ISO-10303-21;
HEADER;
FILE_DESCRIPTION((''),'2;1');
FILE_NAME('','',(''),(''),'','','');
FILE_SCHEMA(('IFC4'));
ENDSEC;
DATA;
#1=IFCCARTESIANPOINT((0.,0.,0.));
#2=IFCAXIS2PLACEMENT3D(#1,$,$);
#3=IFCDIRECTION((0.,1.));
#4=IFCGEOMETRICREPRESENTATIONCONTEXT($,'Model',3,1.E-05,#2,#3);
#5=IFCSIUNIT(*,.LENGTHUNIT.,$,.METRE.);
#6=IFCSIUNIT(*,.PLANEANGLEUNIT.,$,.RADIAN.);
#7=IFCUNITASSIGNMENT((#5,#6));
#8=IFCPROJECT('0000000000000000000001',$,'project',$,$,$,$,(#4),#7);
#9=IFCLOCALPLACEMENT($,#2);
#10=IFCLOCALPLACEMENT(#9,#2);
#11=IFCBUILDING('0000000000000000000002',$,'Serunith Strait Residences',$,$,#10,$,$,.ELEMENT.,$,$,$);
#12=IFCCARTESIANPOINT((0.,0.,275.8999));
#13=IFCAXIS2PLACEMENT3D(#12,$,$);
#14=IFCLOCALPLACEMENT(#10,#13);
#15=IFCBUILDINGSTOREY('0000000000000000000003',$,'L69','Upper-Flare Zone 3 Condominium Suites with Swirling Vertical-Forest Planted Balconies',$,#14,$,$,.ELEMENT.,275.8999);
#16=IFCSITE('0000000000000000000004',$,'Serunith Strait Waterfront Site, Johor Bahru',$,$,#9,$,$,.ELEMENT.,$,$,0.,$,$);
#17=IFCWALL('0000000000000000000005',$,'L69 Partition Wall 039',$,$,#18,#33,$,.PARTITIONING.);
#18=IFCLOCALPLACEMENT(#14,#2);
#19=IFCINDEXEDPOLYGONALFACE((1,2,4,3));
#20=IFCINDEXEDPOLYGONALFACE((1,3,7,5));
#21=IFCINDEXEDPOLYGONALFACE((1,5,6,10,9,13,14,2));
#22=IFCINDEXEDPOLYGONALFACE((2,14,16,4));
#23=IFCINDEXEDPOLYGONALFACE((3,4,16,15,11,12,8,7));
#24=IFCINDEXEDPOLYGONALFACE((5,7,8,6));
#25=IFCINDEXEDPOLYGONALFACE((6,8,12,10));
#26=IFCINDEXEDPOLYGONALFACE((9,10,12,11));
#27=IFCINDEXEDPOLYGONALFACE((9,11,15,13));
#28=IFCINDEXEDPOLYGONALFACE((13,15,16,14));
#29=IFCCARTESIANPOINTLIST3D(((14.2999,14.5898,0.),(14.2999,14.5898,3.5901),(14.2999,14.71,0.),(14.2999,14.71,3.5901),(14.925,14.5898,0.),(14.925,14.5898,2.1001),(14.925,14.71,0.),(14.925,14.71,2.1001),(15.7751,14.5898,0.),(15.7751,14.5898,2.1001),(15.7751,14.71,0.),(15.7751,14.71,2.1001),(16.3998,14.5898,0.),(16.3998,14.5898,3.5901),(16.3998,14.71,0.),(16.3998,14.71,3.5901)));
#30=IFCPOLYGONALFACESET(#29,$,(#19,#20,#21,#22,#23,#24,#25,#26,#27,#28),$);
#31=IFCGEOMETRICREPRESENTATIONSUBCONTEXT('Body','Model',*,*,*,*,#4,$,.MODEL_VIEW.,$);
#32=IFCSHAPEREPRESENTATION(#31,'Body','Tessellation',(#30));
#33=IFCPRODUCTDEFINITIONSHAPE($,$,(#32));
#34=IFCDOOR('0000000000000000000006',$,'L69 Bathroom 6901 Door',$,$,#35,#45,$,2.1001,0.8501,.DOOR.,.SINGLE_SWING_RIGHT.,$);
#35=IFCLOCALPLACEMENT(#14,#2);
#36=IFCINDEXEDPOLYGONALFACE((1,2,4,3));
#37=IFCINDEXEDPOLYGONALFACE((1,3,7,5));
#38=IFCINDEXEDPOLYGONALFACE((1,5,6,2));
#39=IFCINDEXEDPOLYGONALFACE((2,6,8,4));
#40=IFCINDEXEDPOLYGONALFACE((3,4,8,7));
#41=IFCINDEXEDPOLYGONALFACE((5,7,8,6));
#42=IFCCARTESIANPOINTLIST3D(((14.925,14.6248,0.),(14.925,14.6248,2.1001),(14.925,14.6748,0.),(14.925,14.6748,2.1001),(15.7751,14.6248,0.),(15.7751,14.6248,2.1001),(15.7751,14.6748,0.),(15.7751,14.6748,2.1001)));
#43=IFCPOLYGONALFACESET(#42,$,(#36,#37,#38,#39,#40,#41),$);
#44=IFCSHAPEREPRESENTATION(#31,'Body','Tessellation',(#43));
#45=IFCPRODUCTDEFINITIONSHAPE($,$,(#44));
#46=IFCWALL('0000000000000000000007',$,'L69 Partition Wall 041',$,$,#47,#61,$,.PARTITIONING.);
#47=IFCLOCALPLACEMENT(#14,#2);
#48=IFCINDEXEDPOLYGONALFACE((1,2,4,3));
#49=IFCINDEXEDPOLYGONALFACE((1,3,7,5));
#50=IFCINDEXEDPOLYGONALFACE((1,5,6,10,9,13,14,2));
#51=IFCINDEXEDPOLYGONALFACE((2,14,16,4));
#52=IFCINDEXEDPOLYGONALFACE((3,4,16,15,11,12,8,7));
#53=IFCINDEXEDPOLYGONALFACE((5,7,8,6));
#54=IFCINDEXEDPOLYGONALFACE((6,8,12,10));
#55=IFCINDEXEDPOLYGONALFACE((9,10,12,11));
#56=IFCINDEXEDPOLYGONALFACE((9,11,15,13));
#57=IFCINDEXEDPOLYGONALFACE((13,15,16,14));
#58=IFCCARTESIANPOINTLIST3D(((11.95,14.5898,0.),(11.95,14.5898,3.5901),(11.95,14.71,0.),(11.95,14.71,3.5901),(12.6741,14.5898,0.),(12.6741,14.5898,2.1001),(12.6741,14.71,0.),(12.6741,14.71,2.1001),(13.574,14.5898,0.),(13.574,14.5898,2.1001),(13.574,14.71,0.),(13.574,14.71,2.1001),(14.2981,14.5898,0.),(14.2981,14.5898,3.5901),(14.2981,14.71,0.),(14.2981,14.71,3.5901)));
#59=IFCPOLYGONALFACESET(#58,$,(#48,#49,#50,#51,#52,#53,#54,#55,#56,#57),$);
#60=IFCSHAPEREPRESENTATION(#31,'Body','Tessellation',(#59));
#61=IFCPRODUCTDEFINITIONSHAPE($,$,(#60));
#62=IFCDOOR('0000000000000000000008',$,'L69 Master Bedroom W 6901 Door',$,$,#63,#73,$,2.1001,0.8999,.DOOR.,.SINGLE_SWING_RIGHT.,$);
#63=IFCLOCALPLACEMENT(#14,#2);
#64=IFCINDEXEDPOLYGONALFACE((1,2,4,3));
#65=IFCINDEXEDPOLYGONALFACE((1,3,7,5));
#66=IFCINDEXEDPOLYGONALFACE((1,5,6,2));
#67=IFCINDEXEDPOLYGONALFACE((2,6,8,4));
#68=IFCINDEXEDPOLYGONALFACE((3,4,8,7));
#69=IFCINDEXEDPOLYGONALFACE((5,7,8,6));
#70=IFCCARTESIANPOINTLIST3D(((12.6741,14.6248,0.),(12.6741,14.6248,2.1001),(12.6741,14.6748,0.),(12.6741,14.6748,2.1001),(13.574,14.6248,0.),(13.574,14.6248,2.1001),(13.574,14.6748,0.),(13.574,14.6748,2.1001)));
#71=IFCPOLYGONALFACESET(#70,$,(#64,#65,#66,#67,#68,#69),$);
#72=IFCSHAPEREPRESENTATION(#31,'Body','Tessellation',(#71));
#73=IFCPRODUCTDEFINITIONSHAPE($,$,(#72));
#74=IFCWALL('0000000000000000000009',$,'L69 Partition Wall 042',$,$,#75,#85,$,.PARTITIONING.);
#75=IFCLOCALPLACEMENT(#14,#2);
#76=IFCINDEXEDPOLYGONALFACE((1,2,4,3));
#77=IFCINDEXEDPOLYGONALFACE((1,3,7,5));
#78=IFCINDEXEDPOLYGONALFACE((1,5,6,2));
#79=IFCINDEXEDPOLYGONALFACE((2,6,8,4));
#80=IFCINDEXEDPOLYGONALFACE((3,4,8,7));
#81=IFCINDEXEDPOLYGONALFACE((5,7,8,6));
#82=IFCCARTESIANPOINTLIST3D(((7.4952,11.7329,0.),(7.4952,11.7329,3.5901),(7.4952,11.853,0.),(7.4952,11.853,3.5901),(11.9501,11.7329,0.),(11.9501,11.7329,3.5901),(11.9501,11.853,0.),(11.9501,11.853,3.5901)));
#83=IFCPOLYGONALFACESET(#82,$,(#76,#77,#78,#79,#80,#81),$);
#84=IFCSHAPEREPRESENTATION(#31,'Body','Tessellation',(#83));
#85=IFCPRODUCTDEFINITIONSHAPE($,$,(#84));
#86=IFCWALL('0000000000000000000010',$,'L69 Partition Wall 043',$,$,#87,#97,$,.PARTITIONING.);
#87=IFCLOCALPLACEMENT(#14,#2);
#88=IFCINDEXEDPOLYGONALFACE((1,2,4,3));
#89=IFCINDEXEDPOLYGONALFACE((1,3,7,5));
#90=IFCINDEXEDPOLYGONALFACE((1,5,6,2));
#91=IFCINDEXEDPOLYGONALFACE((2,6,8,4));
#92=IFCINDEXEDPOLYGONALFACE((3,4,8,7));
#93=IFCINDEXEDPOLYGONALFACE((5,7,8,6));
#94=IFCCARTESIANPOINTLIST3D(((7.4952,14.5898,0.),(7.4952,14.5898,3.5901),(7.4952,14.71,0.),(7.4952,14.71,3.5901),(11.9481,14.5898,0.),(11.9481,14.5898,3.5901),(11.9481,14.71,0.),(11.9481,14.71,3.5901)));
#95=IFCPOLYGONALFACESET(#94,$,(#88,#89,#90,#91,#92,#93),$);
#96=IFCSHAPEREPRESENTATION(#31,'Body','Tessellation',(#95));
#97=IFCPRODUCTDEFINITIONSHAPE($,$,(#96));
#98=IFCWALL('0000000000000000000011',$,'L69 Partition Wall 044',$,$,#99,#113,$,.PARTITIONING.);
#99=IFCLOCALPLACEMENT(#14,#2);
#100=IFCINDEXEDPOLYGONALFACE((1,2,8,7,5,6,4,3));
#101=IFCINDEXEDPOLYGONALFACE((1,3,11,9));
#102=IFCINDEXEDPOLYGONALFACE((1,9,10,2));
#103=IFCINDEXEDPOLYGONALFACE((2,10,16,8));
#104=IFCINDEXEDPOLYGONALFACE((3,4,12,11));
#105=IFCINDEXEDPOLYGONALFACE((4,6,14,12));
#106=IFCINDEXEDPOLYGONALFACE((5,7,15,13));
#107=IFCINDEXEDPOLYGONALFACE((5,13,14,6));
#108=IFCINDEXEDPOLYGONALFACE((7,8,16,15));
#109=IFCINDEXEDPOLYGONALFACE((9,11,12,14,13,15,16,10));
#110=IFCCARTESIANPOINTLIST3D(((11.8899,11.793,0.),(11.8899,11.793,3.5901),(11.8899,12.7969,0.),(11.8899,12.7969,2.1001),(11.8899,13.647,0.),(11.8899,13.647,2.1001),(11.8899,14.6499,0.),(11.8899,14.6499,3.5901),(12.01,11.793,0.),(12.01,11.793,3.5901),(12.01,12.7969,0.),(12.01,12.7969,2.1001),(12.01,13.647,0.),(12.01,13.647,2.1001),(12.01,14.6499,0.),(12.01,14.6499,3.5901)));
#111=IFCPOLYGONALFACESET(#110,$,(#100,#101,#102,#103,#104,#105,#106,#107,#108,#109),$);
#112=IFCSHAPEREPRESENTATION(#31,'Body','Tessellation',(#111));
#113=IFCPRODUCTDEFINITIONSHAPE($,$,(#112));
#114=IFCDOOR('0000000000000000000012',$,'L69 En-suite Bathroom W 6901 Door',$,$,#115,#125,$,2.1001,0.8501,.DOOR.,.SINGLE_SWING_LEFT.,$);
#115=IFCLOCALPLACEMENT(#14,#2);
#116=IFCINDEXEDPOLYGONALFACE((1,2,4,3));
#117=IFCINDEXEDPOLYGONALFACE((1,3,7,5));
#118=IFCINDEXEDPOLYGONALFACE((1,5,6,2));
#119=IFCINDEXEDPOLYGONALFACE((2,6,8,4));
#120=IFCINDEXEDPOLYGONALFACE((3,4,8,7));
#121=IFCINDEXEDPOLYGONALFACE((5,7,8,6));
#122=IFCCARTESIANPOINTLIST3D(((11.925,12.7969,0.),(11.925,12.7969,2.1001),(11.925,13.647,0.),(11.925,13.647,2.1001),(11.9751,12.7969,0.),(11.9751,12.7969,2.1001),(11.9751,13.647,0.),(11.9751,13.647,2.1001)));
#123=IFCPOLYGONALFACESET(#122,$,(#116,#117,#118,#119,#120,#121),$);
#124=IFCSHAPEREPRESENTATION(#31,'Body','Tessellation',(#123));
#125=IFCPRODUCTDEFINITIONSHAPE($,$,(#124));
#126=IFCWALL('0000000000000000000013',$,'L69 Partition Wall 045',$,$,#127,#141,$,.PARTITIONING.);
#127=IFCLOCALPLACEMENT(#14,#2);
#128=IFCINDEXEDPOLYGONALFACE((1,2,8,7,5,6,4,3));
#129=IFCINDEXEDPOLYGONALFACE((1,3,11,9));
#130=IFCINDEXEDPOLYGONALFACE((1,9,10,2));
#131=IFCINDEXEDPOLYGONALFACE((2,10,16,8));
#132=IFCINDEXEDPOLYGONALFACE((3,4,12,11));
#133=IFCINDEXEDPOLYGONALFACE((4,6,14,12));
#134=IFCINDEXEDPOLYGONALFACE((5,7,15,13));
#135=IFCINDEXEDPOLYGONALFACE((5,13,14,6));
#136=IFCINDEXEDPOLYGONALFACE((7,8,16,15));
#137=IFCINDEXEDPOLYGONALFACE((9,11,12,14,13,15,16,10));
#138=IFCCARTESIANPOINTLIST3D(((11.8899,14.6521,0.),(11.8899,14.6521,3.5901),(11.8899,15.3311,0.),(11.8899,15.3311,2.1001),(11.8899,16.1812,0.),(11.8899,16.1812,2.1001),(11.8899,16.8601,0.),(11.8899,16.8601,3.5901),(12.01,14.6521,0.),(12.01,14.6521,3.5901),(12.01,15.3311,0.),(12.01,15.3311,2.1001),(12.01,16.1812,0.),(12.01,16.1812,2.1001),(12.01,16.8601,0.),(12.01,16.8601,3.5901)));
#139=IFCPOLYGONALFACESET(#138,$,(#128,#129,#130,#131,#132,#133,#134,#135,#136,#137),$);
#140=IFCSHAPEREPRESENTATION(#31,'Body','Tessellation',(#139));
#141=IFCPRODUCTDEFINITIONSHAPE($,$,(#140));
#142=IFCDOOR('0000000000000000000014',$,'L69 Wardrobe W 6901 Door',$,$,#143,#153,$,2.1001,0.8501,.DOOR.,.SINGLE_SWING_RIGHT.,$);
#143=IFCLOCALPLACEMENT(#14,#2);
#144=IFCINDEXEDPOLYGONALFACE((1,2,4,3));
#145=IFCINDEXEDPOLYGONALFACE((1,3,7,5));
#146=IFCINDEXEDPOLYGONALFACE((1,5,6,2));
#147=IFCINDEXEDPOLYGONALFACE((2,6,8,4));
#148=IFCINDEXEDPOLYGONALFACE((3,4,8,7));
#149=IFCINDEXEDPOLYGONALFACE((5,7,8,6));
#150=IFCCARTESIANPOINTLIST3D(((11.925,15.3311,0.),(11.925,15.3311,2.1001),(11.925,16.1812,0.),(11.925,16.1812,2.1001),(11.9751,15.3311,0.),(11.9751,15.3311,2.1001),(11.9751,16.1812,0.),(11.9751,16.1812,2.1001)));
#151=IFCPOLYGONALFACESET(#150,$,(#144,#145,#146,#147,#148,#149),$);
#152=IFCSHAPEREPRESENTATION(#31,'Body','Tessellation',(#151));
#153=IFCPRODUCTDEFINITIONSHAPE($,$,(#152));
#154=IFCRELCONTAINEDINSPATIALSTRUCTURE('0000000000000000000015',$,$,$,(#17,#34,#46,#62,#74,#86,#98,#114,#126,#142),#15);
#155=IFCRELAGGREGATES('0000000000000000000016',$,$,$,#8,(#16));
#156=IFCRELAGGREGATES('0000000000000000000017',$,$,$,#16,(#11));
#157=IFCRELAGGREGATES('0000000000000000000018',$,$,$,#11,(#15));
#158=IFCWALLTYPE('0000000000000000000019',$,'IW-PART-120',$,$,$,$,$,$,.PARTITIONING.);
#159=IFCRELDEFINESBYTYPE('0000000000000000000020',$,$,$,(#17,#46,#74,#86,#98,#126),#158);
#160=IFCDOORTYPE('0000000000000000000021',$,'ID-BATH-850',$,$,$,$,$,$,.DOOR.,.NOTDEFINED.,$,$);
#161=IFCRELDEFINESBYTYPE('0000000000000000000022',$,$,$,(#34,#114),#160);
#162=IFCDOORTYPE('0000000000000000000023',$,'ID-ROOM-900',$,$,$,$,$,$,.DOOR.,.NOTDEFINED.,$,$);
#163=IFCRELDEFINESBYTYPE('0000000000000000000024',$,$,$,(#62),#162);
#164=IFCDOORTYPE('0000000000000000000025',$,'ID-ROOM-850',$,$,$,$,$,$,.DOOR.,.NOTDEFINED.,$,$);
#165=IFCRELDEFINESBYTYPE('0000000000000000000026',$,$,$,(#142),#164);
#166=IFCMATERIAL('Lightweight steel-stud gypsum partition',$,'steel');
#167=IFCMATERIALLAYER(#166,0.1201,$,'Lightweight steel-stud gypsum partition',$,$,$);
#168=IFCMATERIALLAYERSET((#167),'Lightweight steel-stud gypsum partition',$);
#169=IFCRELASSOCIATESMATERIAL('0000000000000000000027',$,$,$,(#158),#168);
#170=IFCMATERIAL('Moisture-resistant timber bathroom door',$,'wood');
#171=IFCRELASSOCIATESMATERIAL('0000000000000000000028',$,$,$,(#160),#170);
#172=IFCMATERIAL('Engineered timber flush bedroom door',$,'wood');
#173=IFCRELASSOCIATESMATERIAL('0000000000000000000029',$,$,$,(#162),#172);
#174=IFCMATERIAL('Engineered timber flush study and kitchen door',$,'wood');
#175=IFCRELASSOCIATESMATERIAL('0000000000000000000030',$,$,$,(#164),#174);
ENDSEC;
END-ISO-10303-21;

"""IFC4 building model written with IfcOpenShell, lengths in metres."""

from ifc_helpers import new_model, si_unit, direction, frame, frame_2d, origin, place, context, subcontext, project, spatial, rectangle, extrude, source, transform, mapped, material, layer, layer_set, type_object, element, fill, save


model = new_model("IFC4")

# Units and contexts
model_context = context("Model", 3, precision=1e-05, world=origin(), true_north=direction((0.0, 1.0)))
body_context = subcontext(model_context, "Body", "Model", "MODEL_VIEW")
ifc_project = project(units=[si_unit("LENGTHUNIT", "METRE"), si_unit("PLANEANGLEUNIT", "RADIAN")], contexts=[model_context])

# Site, building, storey
site_placement = place(None, origin())
site = spatial("IfcSite", under=ifc_project, at=site_placement, Name="Serunith Strait Waterfront Site, Johor Bahru", CompositionType="ELEMENT", RefElevation=0.0)
building_placement = place(site_placement, origin())
building = spatial("IfcBuilding", under=site, at=building_placement, Name="Serunith Strait Residences", CompositionType="ELEMENT")
storey_placement = place(building_placement, frame((0.0, 0.0, 275.8999)))
storey = spatial("IfcBuildingStorey", under=building, at=storey_placement, Name="L69", Description="Upper-Flare Zone 3 Condominium Suites with Swirling Vertical-Forest Planted Balconies", CompositionType="ELEMENT", Elevation=275.8999)

# Walls, openings, doors
ifc_material_1 = material(Name="Lightweight steel-stud gypsum partition", Category="steel")
ifc_layer_1 = layer(ifc_material_1, 0.1201, Name="Lightweight steel-stud gypsum partition")
ifc_layer_set_1 = layer_set([ifc_layer_1], Name="Lightweight steel-stud gypsum partition")
wall_type_1 = type_object("IfcWallType", Name="IW-PART-120", PredefinedType="PARTITIONING", material=ifc_layer_set_1)
wall_1_placement = place(storey_placement, frame((14.3, 14.6499, 0.0), z_axis=(0.0, 0.0, 1.0), x_axis=(1.0, 0.0, 0.0)))
wall_1 = element("IfcWall", 1, at=wall_1_placement, inside=storey, type_object=wall_type_1, Name="L69 Partition Wall 039", PredefinedType="PARTITIONING", context=body_context, shape_type="SweptSolid", body=[
    extrude(rectangle(XDim=2.0999, YDim=0.1201, at=frame_2d((1.0498, 0.0))), origin(), (0.0, 0.0, 1.0), 3.5901),
])
opening_1_placement = place(wall_1_placement, frame((0.625, 0.0, 0.0)))
opening_1 = element("IfcOpeningElement", 2, at=opening_1_placement, cuts=wall_1, PredefinedType="OPENING", context=body_context, shape_type="SweptSolid", body=[
    extrude(rectangle(XDim=0.8501, YDim=2.1001, at=frame_2d((0.425, 1.05))), frame((0.0, 0.0701, 0.0), z_axis=(0.0, -1.0, 0.0), x_axis=(1.0, 0.0, 0.0)), (0.0, 0.0, 1.0), 0.1401),
])
ifc_material_2 = material(Name="Moisture-resistant timber bathroom door", Category="wood")
door_type_1 = type_object("IfcDoorType", Name="ID-BATH-850", OperationType="NOTDEFINED", PredefinedType="DOOR", material=ifc_material_2)
shared_shape_1 = source(origin(), body_context, "Body", "SweptSolid", [
    extrude(rectangle(XDim=0.8501, YDim=2.1001, at=frame_2d((0.425, 1.05))), frame((0.0, 0.0249, 0.0), z_axis=(0.0, -1.0, 0.0), x_axis=(1.0, 0.0, 0.0)), (0.0, 0.0, 1.0), 0.05),
])
door_1_placement = place(opening_1_placement, origin())
door_1 = element("IfcDoor", 3, at=door_1_placement, inside=storey, type_object=door_type_1, Name="L69 Bathroom 6901 Door", OperationType="SINGLE_SWING_RIGHT", OverallHeight=2.1001, OverallWidth=0.8501, PredefinedType="DOOR", context=body_context, shape_type="MappedRepresentation", body=[
    mapped(shared_shape_1, transform((0.0, 0.0, 0.0), scale=1.0)),
])
fill(opening_1, door_1)
wall_2_placement = place(storey_placement, frame((11.95, 14.6499, 0.0), z_axis=(0.0, 0.0, 1.0), x_axis=(1.0, 0.0, 0.0)))
wall_2 = element("IfcWall", 4, at=wall_2_placement, inside=storey, type_object=wall_type_1, Name="L69 Partition Wall 041", PredefinedType="PARTITIONING", context=body_context, shape_type="SweptSolid", body=[
    extrude(rectangle(XDim=2.3481, YDim=0.1201, at=frame_2d((1.1741, 0.0))), origin(), (0.0, 0.0, 1.0), 3.5901),
])
opening_2_placement = place(wall_2_placement, frame((0.7241, 0.0, 0.0)))
opening_2 = element("IfcOpeningElement", 5, at=opening_2_placement, cuts=wall_2, PredefinedType="OPENING", context=body_context, shape_type="SweptSolid", body=[
    extrude(rectangle(XDim=0.8999, YDim=2.1001, at=frame_2d((0.45, 1.05))), frame((0.0, 0.0701, 0.0), z_axis=(0.0, -1.0, 0.0), x_axis=(1.0, 0.0, 0.0)), (0.0, 0.0, 1.0), 0.1401),
])
ifc_material_3 = material(Name="Engineered timber flush bedroom door", Category="wood")
door_type_2 = type_object("IfcDoorType", Name="ID-ROOM-900", OperationType="NOTDEFINED", PredefinedType="DOOR", material=ifc_material_3)
shared_shape_2 = source(origin(), body_context, "Body", "SweptSolid", [
    extrude(rectangle(XDim=0.8999, YDim=2.1001, at=frame_2d((0.45, 1.05))), frame((0.0, 0.0249, 0.0), z_axis=(0.0, -1.0, 0.0), x_axis=(1.0, 0.0, 0.0)), (0.0, 0.0, 1.0), 0.05),
])
door_2_placement = place(opening_2_placement, origin())
door_2 = element("IfcDoor", 6, at=door_2_placement, inside=storey, type_object=door_type_2, Name="L69 Master Bedroom W 6901 Door", OperationType="SINGLE_SWING_RIGHT", OverallHeight=2.1001, OverallWidth=0.8999, PredefinedType="DOOR", context=body_context, shape_type="MappedRepresentation", body=[
    mapped(shared_shape_2, transform((0.0, 0.0, 0.0), scale=1.0)),
])
fill(opening_2, door_2)

# Walls
wall_3_placement = place(storey_placement, frame((7.4951, 11.793, 0.0), z_axis=(0.0, 0.0, 1.0), x_axis=(1.0, 0.0, 0.0)))
element("IfcWall", 7, at=wall_3_placement, inside=storey, type_object=wall_type_1, Name="L69 Partition Wall 042", PredefinedType="PARTITIONING", context=body_context, shape_type="SweptSolid", body=[
    extrude(rectangle(XDim=4.4548, YDim=0.1201, at=frame_2d((2.2275, 0.0))), origin(), (0.0, 0.0, 1.0), 3.5901),
])
wall_4_placement = place(storey_placement, frame((7.4951, 14.6499, 0.0), z_axis=(0.0, 0.0, 1.0), x_axis=(1.0, 0.0, 0.0)))
element("IfcWall", 8, at=wall_4_placement, inside=storey, type_object=wall_type_1, Name="L69 Partition Wall 043", PredefinedType="PARTITIONING", context=body_context, shape_type="SweptSolid", body=[
    extrude(rectangle(XDim=4.4529, YDim=0.1201, at=frame_2d((2.2266, 0.0))), origin(), (0.0, 0.0, 1.0), 3.5901),
])

# Walls, openings, doors
wall_5_placement = place(storey_placement, frame((11.95, 11.793, 0.0), z_axis=(0.0, 0.0, 1.0), x_axis=(0.0, 1.0, 0.0)))
wall_5 = element("IfcWall", 9, at=wall_5_placement, inside=storey, type_object=wall_type_1, Name="L69 Partition Wall 044", PredefinedType="PARTITIONING", context=body_context, shape_type="SweptSolid", body=[
    extrude(rectangle(XDim=2.8569, YDim=0.1201, at=frame_2d((1.4285, 0.0))), origin(), (0.0, 0.0, 1.0), 3.5901),
])
opening_3_placement = place(wall_5_placement, frame((1.0039, 0.0, 0.0)))
opening_3 = element("IfcOpeningElement", 10, at=opening_3_placement, cuts=wall_5, PredefinedType="OPENING", context=body_context, shape_type="SweptSolid", body=[
    extrude(rectangle(XDim=0.8501, YDim=2.1001, at=frame_2d((0.425, 1.05))), frame((0.0, 0.0701, 0.0), z_axis=(0.0, -1.0, 0.0), x_axis=(1.0, 0.0, 0.0)), (0.0, 0.0, 1.0), 0.1401),
])
door_3_placement = place(opening_3_placement, origin())
door_3 = element("IfcDoor", 11, at=door_3_placement, inside=storey, type_object=door_type_1, Name="L69 En-suite Bathroom W 6901 Door", OperationType="SINGLE_SWING_LEFT", OverallHeight=2.1001, OverallWidth=0.8501, PredefinedType="DOOR", context=body_context, shape_type="MappedRepresentation", body=[
    mapped(shared_shape_1, transform((0.0, 0.0, 0.0), scale=1.0)),
])
fill(opening_3, door_3)
wall_6_placement = place(storey_placement, frame((11.95, 14.6521, 0.0), z_axis=(0.0, 0.0, 1.0), x_axis=(0.0, 1.0, 0.0)))
wall_6 = element("IfcWall", 12, at=wall_6_placement, inside=storey, type_object=wall_type_1, Name="L69 Partition Wall 045", PredefinedType="PARTITIONING", context=body_context, shape_type="SweptSolid", body=[
    extrude(rectangle(XDim=2.208, YDim=0.1201, at=frame_2d((1.104, 0.0))), origin(), (0.0, 0.0, 1.0), 3.5901),
])
opening_4_placement = place(wall_6_placement, frame((0.679, 0.0, 0.0)))
opening_4 = element("IfcOpeningElement", 13, at=opening_4_placement, cuts=wall_6, PredefinedType="OPENING", context=body_context, shape_type="SweptSolid", body=[
    extrude(rectangle(XDim=0.8501, YDim=2.1001, at=frame_2d((0.425, 1.05))), frame((0.0, 0.0701, 0.0), z_axis=(0.0, -1.0, 0.0), x_axis=(1.0, 0.0, 0.0)), (0.0, 0.0, 1.0), 0.1401),
])
ifc_material_4 = material(Name="Engineered timber flush study and kitchen door", Category="wood")
door_type_3 = type_object("IfcDoorType", Name="ID-ROOM-850", OperationType="NOTDEFINED", PredefinedType="DOOR", material=ifc_material_4)
door_4_placement = place(opening_4_placement, origin())
door_4 = element("IfcDoor", 14, at=door_4_placement, inside=storey, type_object=door_type_3, Name="L69 Wardrobe W 6901 Door", OperationType="SINGLE_SWING_RIGHT", OverallHeight=2.1001, OverallWidth=0.8501, PredefinedType="DOOR", context=body_context, shape_type="MappedRepresentation", body=[
    mapped(shared_shape_1, transform((0.0, 0.0, 0.0), scale=1.0)),
])
fill(opening_4, door_4)

save(model, "model.ifc")
